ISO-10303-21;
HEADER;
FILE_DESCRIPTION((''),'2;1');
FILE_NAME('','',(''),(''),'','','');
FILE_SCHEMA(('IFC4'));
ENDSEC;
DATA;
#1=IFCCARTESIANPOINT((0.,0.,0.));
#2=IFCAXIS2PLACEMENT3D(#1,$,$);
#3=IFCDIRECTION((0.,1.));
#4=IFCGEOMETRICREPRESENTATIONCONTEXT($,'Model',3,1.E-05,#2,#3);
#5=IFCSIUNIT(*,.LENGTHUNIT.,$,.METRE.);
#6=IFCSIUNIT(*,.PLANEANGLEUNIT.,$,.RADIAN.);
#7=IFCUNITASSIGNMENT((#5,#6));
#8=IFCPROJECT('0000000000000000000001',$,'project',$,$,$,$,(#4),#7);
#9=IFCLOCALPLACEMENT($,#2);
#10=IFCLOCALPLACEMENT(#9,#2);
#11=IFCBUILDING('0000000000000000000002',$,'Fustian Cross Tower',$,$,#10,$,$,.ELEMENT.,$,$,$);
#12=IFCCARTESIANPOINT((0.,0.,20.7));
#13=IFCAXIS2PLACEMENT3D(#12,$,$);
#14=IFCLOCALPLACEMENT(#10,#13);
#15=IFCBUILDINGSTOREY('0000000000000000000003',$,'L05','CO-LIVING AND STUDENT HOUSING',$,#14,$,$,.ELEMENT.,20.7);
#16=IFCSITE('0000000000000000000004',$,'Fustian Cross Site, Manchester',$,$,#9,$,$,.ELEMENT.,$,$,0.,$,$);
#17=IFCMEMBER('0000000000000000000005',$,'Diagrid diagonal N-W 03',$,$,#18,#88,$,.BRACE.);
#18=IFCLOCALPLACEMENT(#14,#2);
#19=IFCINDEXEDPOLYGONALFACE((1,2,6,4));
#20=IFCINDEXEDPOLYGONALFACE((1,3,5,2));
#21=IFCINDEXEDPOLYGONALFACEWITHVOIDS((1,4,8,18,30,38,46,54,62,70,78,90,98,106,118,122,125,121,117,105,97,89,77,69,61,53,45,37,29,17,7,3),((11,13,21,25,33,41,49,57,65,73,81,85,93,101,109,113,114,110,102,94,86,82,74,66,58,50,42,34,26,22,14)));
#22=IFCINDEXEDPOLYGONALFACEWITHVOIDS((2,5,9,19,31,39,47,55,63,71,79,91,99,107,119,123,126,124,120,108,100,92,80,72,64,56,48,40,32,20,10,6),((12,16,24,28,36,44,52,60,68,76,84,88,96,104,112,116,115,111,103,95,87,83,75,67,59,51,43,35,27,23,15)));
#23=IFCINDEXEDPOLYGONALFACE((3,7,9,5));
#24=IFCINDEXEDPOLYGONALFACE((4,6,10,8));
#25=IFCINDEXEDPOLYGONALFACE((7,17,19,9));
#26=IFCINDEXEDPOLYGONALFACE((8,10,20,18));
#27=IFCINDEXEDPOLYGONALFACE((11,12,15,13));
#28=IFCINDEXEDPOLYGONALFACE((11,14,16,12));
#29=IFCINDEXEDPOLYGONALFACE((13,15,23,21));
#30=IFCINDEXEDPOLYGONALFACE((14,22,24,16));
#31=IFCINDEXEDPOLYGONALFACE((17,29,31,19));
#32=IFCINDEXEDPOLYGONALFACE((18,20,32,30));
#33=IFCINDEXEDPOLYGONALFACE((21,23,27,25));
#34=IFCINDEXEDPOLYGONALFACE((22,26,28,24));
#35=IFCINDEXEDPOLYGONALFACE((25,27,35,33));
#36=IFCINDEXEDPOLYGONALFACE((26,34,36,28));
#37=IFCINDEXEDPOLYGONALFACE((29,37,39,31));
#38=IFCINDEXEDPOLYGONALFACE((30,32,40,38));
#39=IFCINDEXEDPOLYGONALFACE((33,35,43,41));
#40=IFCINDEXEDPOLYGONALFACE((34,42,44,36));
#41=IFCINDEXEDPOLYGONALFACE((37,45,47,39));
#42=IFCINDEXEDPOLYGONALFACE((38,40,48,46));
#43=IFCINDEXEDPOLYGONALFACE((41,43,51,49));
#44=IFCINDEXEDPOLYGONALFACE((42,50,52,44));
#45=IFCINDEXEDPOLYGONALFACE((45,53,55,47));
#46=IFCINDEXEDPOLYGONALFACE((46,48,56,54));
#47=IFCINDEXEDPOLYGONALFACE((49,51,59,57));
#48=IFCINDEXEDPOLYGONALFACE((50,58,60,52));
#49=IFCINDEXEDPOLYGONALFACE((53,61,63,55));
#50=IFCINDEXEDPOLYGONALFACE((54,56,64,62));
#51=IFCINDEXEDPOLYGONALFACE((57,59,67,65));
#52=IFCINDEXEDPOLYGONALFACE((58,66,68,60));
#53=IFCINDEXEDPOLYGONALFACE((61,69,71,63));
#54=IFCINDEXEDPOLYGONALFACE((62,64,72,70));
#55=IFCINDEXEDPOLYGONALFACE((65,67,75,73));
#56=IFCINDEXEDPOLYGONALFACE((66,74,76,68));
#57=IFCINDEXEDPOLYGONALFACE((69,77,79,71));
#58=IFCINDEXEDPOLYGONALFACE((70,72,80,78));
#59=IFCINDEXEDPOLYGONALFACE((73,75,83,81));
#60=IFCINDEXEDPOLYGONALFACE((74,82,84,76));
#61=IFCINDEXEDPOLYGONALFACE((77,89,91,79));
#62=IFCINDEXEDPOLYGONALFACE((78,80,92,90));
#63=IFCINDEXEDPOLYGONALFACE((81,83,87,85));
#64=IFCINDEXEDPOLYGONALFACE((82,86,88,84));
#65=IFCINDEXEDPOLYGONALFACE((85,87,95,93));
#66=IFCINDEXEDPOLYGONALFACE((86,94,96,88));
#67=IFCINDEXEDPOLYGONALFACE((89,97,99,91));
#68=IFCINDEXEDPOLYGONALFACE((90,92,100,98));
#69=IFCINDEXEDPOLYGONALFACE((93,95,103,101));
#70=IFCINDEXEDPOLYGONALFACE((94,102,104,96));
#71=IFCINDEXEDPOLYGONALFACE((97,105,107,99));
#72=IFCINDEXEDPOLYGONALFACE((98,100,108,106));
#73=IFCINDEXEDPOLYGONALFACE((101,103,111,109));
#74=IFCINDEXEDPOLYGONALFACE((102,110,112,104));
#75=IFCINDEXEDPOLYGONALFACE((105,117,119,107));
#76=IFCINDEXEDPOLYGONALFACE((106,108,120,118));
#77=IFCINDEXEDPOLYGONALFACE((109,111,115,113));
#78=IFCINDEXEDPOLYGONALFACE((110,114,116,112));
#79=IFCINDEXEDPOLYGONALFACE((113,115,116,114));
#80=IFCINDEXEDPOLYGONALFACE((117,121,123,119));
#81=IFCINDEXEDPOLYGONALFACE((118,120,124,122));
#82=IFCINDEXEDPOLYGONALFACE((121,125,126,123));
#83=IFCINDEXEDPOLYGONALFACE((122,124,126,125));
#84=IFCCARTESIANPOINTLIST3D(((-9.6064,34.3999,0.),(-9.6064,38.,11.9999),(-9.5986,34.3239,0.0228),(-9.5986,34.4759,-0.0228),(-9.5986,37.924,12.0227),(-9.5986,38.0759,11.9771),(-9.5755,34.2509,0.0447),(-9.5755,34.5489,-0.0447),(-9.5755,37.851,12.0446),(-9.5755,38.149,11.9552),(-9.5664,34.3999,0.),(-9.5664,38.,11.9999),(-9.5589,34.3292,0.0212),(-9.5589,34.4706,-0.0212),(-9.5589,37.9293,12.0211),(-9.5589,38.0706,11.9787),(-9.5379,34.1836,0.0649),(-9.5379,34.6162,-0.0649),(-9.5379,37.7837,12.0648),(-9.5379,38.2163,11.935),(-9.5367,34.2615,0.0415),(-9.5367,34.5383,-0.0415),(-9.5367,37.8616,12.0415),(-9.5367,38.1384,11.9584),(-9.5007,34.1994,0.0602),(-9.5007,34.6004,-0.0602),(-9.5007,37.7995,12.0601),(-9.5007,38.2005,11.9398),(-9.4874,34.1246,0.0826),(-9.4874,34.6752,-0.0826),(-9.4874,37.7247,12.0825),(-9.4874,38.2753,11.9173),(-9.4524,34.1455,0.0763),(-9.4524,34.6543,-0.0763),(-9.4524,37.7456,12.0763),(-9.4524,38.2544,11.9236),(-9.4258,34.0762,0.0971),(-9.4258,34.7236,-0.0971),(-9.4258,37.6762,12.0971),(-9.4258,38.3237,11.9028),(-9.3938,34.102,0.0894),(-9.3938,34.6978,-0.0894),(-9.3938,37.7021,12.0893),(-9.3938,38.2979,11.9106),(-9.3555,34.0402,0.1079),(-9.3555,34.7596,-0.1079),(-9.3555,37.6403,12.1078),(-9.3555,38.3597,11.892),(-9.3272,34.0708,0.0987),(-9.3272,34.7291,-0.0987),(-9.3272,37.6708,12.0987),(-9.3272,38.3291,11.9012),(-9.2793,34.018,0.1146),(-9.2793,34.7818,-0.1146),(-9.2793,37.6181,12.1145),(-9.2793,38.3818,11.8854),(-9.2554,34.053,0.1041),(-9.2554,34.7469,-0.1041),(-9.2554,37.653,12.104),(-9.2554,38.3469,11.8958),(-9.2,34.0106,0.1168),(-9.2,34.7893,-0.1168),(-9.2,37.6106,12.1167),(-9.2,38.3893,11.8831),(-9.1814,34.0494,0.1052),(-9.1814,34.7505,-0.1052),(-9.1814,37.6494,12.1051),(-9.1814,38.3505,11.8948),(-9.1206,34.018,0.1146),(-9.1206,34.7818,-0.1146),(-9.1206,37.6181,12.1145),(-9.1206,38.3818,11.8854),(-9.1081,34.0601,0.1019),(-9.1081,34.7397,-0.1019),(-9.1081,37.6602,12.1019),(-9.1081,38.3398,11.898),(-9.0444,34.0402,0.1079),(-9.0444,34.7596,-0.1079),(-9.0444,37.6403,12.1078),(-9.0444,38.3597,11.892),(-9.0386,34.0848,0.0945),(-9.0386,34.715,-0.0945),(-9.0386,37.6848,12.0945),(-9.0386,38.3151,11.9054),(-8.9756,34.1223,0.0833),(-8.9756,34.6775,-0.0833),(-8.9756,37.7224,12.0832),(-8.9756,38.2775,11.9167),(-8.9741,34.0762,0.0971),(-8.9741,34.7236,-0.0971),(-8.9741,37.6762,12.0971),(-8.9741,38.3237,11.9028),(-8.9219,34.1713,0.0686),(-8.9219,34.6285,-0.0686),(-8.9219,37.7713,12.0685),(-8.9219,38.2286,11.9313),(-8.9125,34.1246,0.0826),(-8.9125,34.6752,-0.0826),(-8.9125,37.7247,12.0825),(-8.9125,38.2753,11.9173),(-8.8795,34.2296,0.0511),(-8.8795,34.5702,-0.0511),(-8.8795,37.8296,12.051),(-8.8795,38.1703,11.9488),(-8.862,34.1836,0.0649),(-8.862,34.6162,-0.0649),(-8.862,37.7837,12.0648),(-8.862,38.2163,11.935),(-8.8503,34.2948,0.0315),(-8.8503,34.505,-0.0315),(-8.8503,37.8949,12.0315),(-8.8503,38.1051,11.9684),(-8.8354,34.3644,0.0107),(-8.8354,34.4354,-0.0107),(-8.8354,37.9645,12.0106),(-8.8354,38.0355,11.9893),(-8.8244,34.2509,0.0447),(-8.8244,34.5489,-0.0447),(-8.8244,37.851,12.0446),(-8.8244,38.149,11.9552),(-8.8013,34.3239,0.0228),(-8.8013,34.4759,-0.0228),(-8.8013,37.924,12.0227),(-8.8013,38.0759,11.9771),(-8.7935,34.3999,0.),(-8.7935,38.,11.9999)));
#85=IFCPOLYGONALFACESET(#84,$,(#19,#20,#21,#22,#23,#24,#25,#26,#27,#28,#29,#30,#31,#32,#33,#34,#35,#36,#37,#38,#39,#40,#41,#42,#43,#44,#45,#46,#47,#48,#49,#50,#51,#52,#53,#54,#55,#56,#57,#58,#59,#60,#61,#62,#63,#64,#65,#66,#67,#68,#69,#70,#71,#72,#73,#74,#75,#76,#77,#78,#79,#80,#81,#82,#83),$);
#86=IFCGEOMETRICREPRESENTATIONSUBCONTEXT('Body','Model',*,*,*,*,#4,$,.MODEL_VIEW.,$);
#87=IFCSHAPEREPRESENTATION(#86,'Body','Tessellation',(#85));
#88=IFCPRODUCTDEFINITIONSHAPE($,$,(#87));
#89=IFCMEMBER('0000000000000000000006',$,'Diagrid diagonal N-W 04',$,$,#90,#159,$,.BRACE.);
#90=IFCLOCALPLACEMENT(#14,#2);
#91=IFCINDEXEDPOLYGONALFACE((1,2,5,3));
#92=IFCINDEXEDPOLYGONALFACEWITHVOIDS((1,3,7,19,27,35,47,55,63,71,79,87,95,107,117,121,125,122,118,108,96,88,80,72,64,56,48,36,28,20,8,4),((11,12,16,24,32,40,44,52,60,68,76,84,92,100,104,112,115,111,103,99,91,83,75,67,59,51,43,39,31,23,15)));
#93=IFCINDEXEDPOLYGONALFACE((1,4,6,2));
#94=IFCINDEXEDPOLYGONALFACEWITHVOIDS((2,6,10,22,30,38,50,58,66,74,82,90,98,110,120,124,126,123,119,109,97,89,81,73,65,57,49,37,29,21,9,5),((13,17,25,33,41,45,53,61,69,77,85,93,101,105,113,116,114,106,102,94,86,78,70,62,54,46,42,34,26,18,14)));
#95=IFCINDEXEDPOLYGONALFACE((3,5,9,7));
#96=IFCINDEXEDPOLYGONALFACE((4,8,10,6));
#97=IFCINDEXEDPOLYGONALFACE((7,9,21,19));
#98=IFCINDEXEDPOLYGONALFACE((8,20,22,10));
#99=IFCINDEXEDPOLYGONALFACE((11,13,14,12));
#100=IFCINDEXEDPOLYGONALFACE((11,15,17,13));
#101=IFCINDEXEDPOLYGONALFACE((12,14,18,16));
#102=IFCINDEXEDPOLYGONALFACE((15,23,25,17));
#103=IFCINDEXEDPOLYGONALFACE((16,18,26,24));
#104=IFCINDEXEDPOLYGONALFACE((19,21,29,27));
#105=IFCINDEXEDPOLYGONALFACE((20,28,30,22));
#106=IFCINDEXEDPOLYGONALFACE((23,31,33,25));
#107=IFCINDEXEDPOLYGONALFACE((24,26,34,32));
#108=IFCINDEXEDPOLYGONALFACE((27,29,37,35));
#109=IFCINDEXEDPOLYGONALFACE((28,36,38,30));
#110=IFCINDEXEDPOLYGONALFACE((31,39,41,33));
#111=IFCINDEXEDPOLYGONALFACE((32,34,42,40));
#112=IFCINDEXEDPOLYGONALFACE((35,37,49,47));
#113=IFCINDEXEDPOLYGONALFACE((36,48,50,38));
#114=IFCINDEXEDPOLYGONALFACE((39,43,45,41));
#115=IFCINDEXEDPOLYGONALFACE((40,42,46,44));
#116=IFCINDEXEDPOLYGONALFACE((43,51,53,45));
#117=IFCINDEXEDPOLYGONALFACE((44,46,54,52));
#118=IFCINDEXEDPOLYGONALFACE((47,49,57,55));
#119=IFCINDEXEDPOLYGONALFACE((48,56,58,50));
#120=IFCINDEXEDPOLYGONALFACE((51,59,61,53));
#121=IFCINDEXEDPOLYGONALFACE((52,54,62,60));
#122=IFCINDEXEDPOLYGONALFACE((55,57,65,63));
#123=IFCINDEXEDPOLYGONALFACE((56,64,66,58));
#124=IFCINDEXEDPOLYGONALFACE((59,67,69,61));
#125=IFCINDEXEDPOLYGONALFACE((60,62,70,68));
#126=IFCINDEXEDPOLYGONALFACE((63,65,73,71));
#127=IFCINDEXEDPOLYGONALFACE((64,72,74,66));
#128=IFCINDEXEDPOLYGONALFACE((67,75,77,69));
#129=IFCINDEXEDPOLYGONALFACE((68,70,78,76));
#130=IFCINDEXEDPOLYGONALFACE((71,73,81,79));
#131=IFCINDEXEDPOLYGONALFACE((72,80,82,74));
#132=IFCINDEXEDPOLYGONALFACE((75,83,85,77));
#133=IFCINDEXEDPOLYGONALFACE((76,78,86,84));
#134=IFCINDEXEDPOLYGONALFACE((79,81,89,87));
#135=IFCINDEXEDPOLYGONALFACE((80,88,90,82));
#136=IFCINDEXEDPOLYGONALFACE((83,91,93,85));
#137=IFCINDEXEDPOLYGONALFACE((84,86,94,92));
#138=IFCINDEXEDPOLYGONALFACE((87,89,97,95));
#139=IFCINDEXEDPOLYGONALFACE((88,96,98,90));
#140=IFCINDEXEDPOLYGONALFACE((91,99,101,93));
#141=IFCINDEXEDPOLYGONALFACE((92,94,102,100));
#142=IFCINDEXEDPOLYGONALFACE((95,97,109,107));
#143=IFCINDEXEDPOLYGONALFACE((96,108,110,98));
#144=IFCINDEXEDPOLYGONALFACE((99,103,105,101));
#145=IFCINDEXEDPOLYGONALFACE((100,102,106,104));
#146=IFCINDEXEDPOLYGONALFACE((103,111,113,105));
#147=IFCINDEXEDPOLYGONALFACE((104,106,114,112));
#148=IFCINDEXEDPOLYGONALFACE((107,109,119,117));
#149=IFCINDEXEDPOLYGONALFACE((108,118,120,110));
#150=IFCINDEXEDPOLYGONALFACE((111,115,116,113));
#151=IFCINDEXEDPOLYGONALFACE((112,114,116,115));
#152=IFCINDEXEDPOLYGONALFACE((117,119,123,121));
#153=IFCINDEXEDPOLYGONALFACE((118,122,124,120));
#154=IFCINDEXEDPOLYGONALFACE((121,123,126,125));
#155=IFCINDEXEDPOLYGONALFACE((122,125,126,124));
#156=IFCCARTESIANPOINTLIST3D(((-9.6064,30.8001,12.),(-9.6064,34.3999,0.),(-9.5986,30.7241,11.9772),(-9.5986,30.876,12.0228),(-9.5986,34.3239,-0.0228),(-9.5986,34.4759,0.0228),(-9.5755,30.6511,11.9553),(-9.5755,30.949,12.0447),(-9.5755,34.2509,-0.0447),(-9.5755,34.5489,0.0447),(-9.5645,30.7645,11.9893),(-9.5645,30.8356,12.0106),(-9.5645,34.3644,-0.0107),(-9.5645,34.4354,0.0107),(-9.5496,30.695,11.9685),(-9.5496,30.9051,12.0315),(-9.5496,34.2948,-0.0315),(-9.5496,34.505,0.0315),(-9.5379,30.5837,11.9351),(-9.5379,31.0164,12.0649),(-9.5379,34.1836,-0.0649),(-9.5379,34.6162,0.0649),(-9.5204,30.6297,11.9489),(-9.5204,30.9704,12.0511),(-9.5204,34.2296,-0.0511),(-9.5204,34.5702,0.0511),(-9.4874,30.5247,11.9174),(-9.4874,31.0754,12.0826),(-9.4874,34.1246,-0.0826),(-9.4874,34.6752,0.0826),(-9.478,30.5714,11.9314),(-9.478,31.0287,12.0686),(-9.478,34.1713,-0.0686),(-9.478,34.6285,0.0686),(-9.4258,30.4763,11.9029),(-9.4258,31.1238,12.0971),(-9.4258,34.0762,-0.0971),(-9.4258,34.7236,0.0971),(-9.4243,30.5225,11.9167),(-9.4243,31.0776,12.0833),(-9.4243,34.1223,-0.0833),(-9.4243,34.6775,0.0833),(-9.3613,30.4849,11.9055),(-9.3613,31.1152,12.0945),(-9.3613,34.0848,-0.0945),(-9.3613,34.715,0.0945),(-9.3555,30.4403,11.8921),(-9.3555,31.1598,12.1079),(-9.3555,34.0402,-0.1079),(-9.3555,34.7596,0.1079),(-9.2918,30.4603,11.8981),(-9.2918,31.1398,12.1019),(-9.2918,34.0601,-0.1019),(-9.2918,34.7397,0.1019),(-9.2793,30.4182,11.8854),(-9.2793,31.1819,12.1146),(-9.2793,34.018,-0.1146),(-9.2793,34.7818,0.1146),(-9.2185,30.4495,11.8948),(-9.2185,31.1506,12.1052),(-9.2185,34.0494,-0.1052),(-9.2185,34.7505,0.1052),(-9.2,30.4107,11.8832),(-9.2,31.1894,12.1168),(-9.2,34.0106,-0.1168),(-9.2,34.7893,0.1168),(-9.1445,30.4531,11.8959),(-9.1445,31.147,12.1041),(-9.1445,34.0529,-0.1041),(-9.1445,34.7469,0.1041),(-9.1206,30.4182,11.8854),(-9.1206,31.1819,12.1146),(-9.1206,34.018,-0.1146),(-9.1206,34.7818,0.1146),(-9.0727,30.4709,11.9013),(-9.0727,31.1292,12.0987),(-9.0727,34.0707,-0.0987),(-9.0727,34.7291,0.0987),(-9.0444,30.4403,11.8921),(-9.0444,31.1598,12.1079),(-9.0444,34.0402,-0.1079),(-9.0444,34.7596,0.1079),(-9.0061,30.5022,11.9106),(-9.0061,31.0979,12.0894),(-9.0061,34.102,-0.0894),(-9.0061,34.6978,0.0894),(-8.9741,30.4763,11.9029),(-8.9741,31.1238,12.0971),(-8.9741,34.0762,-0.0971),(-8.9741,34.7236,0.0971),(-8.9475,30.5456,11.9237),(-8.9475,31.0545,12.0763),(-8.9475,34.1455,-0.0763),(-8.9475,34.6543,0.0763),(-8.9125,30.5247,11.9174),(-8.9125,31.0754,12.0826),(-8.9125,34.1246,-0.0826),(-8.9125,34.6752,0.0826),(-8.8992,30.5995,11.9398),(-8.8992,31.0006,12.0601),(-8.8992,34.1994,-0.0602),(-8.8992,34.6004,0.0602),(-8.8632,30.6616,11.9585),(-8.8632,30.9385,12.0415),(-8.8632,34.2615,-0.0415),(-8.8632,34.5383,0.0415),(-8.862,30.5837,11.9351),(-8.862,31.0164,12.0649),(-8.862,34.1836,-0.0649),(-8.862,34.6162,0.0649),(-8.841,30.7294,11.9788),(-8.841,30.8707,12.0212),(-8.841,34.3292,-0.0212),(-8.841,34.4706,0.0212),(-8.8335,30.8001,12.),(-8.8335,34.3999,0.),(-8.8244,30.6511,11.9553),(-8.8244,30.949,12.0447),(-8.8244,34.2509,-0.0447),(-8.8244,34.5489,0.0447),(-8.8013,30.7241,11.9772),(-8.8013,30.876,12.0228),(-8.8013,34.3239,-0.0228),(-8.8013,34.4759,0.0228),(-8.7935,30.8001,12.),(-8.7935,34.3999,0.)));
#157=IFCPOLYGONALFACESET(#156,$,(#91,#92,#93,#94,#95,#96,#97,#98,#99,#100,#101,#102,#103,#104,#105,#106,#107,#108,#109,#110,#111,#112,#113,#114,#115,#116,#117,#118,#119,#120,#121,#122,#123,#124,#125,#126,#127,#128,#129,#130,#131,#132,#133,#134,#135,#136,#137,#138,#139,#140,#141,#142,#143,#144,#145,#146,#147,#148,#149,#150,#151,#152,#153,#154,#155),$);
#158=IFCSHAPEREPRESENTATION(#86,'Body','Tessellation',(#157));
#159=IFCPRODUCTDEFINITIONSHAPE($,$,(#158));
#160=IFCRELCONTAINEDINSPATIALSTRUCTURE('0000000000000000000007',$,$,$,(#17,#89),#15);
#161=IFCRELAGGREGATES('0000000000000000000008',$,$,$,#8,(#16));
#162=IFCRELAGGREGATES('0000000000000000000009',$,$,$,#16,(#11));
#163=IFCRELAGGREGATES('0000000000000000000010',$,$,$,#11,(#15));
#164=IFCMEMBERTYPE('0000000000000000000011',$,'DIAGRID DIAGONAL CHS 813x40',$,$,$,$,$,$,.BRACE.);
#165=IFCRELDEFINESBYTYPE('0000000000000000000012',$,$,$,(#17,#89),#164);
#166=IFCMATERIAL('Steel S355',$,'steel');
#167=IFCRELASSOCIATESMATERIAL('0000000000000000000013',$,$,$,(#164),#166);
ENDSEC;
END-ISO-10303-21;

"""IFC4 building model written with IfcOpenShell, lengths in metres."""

from ifc_helpers import new_model, si_unit, direction, frame, origin, origin_2d, place, context, subcontext, project, spatial, hollow_circle, extrude, material, material_profile, profile_set, type_object, element, save


model = new_model("IFC4")

# Units and contexts
model_context = context("Model", 3, precision=1e-05, world=origin(), true_north=direction((0.0, 1.0)))
body_context = subcontext(model_context, "Body", "Model", "MODEL_VIEW")
ifc_project = project(units=[si_unit("LENGTHUNIT", "METRE"), si_unit("PLANEANGLEUNIT", "RADIAN")], contexts=[model_context])

# Site, building, storey
site_placement = place(None, origin())
site = spatial("IfcSite", under=ifc_project, at=site_placement, Name="Fustian Cross Site, Manchester", CompositionType="ELEMENT", RefElevation=0.0)
building_placement = place(site_placement, origin())
building = spatial("IfcBuilding", under=site, at=building_placement, Name="Fustian Cross Tower", CompositionType="ELEMENT")
storey_placement = place(building_placement, frame((0.0, 0.0, 20.7)))
storey = spatial("IfcBuildingStorey", under=building, at=storey_placement, Name="L05", Description="CO-LIVING AND STUDENT HOUSING", CompositionType="ELEMENT", Elevation=20.7)

# Members
ifc_material_1 = material(Name="Steel S355", Category="steel")
ifc_material_profile_1 = material_profile(ifc_material_1, hollow_circle(Radius=0.4065, WallThickness=0.04, at=origin_2d()), Name="CHS 813x40")
ifc_profile_set_1 = profile_set([ifc_material_profile_1], Name="Steel S355")
member_type_1 = type_object("IfcMemberType", Name="DIAGRID DIAGONAL CHS 813x40", PredefinedType="BRACE", material=ifc_profile_set_1)
for number, where, z_axis, x_axis, name in (
    (1, (-9.2, 34.3999, 0.0), (0.0, 0.287355, 0.957824), (-1.0, 0.0, 0.0), "Diagrid diagonal N-W 03"),
    (2, (-9.2, 34.3999, 0.0), (0.0, -0.287337, 0.95783), (1.0, 0.0, 0.0), "Diagrid diagonal N-W 04"),
):
    element("IfcMember", number, at=place(storey_placement, frame(where, z_axis=z_axis, x_axis=x_axis)), inside=storey, type_object=member_type_1, Name=name, PredefinedType="BRACE", context=body_context, shape_type="SweptSolid", body=[
        extrude(hollow_circle(Radius=0.4065, WallThickness=0.04, at=origin_2d()), origin(), (0.0, 0.0, 1.0), 12.5283),
    ])

save(model, "model.ifc")
